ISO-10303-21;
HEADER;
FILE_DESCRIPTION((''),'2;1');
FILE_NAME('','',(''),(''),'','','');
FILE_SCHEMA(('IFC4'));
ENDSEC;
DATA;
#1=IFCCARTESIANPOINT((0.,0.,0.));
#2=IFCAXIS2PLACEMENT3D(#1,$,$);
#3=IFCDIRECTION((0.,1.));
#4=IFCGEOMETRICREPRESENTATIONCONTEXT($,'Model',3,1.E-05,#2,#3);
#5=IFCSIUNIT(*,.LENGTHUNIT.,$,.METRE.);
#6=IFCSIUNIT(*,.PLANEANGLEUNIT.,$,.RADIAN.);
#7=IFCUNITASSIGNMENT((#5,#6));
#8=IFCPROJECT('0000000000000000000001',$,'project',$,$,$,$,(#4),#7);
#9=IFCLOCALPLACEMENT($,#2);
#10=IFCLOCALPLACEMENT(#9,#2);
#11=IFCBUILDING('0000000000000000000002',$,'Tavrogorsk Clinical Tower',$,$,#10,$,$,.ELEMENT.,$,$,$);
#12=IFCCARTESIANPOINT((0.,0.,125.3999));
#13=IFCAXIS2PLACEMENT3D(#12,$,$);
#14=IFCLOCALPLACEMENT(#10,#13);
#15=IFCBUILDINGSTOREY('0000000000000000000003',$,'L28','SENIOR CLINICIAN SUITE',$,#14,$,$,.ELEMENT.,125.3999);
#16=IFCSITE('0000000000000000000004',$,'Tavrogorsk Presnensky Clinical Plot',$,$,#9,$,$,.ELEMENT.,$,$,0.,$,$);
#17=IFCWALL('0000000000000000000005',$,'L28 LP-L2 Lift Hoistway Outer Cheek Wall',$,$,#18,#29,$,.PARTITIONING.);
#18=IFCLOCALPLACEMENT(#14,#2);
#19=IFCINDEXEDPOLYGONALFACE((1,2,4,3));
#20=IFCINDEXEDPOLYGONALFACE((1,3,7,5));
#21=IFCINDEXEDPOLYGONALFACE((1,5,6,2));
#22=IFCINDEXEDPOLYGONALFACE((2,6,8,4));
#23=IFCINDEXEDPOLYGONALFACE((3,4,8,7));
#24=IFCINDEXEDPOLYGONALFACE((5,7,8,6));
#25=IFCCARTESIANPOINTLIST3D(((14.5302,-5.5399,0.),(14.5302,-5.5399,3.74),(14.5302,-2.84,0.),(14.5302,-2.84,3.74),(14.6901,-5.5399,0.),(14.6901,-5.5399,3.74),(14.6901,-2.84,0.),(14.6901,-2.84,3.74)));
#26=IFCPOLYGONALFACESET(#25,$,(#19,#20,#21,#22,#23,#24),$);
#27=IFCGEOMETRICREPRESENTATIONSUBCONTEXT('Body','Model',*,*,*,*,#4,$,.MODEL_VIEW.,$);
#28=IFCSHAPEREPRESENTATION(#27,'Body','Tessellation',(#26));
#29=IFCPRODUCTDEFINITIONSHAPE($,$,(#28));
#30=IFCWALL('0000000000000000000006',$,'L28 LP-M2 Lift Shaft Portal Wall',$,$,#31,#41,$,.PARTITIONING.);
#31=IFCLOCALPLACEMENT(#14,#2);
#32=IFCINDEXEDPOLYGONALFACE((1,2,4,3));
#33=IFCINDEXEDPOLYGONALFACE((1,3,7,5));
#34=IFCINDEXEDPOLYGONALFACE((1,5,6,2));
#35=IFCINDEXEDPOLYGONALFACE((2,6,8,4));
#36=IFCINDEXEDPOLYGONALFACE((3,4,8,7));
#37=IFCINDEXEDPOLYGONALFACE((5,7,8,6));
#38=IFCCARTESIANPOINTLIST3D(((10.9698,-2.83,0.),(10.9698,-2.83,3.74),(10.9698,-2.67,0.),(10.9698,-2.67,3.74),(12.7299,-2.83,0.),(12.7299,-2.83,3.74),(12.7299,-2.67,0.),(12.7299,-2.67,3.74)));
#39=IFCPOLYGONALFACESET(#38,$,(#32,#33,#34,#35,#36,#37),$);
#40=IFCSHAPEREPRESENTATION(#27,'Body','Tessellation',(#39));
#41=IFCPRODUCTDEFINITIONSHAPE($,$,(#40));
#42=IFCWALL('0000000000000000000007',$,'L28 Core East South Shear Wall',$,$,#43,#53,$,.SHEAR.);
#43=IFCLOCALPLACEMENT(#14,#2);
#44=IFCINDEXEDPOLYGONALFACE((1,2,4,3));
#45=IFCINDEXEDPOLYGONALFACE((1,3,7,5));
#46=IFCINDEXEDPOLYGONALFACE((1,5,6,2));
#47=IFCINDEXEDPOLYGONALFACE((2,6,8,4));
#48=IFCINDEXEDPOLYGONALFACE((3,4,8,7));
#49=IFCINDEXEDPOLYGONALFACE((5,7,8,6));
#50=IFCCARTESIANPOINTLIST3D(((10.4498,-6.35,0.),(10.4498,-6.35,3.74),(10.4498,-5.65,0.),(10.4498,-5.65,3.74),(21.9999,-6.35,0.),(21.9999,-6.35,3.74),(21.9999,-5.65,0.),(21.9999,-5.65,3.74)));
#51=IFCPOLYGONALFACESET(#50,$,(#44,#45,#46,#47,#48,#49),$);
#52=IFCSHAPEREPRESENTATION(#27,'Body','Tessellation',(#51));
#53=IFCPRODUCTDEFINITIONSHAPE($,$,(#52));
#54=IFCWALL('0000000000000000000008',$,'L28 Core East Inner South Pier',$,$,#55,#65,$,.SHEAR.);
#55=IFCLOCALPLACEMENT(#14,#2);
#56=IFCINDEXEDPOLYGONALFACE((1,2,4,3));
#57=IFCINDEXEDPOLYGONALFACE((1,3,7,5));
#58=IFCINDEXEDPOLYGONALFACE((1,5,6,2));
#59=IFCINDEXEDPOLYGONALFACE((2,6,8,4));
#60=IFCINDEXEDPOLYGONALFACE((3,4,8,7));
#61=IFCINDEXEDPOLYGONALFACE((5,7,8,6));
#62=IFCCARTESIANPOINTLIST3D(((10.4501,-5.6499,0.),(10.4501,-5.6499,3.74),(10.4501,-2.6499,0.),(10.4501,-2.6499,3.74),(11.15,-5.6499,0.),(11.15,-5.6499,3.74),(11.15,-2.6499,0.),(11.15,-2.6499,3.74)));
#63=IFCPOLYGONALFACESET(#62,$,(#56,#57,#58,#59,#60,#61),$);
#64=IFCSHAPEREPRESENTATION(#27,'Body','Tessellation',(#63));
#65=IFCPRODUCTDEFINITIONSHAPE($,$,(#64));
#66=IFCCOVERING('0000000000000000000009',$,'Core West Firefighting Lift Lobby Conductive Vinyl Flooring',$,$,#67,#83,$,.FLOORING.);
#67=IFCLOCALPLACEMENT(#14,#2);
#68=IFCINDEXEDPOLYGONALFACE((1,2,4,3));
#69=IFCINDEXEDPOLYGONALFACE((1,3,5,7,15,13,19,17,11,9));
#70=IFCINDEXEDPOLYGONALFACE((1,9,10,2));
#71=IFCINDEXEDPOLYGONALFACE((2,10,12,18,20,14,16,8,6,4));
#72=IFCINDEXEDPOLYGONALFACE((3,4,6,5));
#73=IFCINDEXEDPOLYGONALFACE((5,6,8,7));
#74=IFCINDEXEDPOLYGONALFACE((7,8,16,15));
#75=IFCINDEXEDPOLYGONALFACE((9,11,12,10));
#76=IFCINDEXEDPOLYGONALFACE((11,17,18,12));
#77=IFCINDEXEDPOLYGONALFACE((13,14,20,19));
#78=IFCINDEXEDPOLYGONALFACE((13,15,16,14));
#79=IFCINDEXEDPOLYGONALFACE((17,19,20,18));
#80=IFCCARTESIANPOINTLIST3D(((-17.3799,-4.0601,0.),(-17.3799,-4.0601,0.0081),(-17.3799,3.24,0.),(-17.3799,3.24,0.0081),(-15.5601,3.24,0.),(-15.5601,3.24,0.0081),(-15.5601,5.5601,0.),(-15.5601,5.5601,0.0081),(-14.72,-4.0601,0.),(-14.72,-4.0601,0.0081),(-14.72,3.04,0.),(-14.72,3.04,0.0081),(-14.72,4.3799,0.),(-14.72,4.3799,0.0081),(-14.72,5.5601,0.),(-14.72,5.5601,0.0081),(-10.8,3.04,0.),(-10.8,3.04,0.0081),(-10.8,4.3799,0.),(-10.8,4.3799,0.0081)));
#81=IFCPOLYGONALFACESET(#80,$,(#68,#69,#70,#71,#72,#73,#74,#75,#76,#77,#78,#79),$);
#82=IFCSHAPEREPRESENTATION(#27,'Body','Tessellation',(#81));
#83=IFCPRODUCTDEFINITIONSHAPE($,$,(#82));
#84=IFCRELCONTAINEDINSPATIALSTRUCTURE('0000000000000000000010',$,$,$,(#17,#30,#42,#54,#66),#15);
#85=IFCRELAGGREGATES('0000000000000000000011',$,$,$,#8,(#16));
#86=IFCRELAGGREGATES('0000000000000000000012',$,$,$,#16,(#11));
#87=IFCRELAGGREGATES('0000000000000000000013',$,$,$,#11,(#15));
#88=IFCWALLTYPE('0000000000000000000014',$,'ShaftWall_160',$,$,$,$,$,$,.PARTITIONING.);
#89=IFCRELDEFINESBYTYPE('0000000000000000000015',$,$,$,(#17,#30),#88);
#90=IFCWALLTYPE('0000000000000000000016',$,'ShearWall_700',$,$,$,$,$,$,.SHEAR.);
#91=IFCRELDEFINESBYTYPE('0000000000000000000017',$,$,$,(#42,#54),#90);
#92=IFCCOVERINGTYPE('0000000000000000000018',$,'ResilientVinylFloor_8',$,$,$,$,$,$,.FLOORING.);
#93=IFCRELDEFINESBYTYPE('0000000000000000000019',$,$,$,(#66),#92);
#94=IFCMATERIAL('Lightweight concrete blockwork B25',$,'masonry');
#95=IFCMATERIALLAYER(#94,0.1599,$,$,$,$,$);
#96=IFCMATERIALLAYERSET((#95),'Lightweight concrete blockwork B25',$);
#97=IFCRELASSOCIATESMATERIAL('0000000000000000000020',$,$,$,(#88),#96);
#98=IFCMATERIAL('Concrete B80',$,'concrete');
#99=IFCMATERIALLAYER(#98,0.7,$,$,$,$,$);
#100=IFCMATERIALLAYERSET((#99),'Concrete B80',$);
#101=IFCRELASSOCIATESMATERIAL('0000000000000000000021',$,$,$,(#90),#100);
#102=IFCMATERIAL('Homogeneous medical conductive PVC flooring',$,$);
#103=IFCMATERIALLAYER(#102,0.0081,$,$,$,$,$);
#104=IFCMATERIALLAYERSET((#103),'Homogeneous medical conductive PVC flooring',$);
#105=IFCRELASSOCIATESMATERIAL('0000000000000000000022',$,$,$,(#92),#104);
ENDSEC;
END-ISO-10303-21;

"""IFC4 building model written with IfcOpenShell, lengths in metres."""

from ifc_helpers import new_model, si_unit, direction, frame, frame_2d, origin, place, context, subcontext, project, spatial, polyline, rectangle, outline, extrude, material, layer, layer_set, type_object, element, save


model = new_model("IFC4")

# Units and contexts
model_context = context("Model", 3, precision=1e-05, world=origin(), true_north=direction((0.0, 1.0)))
body_context = subcontext(model_context, "Body", "Model", "MODEL_VIEW")
ifc_project = project(units=[si_unit("LENGTHUNIT", "METRE"), si_unit("PLANEANGLEUNIT", "RADIAN")], contexts=[model_context])

# Site, building, storey
site_placement = place(None, origin())
site = spatial("IfcSite", under=ifc_project, at=site_placement, Name="Tavrogorsk Presnensky Clinical Plot", CompositionType="ELEMENT", RefElevation=0.0)
building_placement = place(site_placement, origin())
building = spatial("IfcBuilding", under=site, at=building_placement, Name="Tavrogorsk Clinical Tower", CompositionType="ELEMENT")
storey_placement = place(building_placement, frame((0.0, 0.0, 125.3999)))
storey = spatial("IfcBuildingStorey", under=building, at=storey_placement, Name="L28", Description="SENIOR CLINICIAN SUITE", CompositionType="ELEMENT", Elevation=125.3999)

# Shared definitions
ifc_material_1 = material(Name="Lightweight concrete blockwork B25", Category="masonry")
ifc_layer_1 = layer(ifc_material_1, 0.1599)
ifc_layer_set_1 = layer_set([ifc_layer_1], Name="Lightweight concrete blockwork B25")
wall_type_1 = type_object("IfcWallType", Name="ShaftWall_160", PredefinedType="PARTITIONING", material=ifc_layer_set_1)

# Walls
for number, where, z_axis, x_axis, name in (
    (1, (14.6101, -5.54, 0.0), (0.0, 0.0, 1.0), (0.0, 1.0, 0.0), "L28 LP-L2 Lift Hoistway Outer Cheek Wall"),
):
    element("IfcWall", number, at=place(storey_placement, frame(where, z_axis=z_axis, x_axis=x_axis)), inside=storey, type_object=wall_type_1, Name=name, PredefinedType="PARTITIONING", context=body_context, shape_type="SweptSolid", body=[
        extrude(rectangle(XDim=2.7, YDim=0.1599, at=frame_2d((1.3501, 0.0))), origin(), (0.0, 0.0, 1.0), 3.74),
    ])
wall_1_placement = place(storey_placement, frame((10.97, -2.75, 0.0), z_axis=(0.0, 0.0, 1.0), x_axis=(1.0, 0.0, 0.0)))
element("IfcWall", 2, at=wall_1_placement, inside=storey, type_object=wall_type_1, Name="L28 LP-M2 Lift Shaft Portal Wall", PredefinedType="PARTITIONING", context=body_context, shape_type="SweptSolid", body=[
    extrude(rectangle(XDim=1.76, YDim=0.1599, at=frame_2d((0.8799, 0.0))), origin(), (0.0, 0.0, 1.0), 3.74),
])
ifc_material_2 = material(Name="Concrete B80", Category="concrete")
ifc_layer_2 = layer(ifc_material_2, 0.7)
ifc_layer_set_2 = layer_set([ifc_layer_2], Name="Concrete B80")
wall_type_2 = type_object("IfcWallType", Name="ShearWall_700", PredefinedType="SHEAR", material=ifc_layer_set_2)
wall_2_placement = place(storey_placement, frame((10.45, -6.0, 0.0), z_axis=(0.0, 0.0, 1.0), x_axis=(1.0, 0.0, 0.0)))
element("IfcWall", 3, at=wall_2_placement, inside=storey, type_object=wall_type_2, Name="L28 Core East South Shear Wall", PredefinedType="SHEAR", context=body_context, shape_type="SweptSolid", body=[
    extrude(rectangle(XDim=11.55, YDim=0.7, at=frame_2d((5.7749, 0.0))), origin(), (0.0, 0.0, 1.0), 3.74),
])
wall_3_placement = place(storey_placement, frame((10.8, -5.6499, 0.0), z_axis=(0.0, 0.0, 1.0), x_axis=(0.0, 1.0, 0.0)))
element("IfcWall", 4, at=wall_3_placement, inside=storey, type_object=wall_type_2, Name="L28 Core East Inner South Pier", PredefinedType="SHEAR", context=body_context, shape_type="SweptSolid", body=[
    extrude(rectangle(XDim=3.0, YDim=0.7, at=frame_2d((1.5, 0.0))), origin(), (0.0, 0.0, 1.0), 3.74),
])

# Covering
ifc_material_3 = material(Name="Homogeneous medical conductive PVC flooring")
ifc_layer_3 = layer(ifc_material_3, 0.0081)
ifc_layer_set_3 = layer_set([ifc_layer_3], Name="Homogeneous medical conductive PVC flooring")
covering_type = type_object("IfcCoveringType", Name="ResilientVinylFloor_8", PredefinedType="FLOORING", material=ifc_layer_set_3)
covering_placement = place(storey_placement, origin())
element("IfcCovering", 5, at=covering_placement, inside=storey, type_object=covering_type, Name="Core West Firefighting Lift Lobby Conductive Vinyl Flooring", PredefinedType="FLOORING", context=body_context, shape_type="SweptSolid", body=[
    extrude(outline(polyline([(-14.72, 4.3799), (-10.8, 4.3799), (-10.8, 3.04), (-14.72, 3.04), (-14.72, -4.0601), (-17.3799, -4.0601), (-17.3799, 3.24), (-15.5601, 3.24), (-15.5601, 5.5601), (-14.72, 5.5601), (-14.72, 4.3799)])), origin(), (0.0, 0.0, 1.0), 0.0081),
])

save(model, "model.ifc")
